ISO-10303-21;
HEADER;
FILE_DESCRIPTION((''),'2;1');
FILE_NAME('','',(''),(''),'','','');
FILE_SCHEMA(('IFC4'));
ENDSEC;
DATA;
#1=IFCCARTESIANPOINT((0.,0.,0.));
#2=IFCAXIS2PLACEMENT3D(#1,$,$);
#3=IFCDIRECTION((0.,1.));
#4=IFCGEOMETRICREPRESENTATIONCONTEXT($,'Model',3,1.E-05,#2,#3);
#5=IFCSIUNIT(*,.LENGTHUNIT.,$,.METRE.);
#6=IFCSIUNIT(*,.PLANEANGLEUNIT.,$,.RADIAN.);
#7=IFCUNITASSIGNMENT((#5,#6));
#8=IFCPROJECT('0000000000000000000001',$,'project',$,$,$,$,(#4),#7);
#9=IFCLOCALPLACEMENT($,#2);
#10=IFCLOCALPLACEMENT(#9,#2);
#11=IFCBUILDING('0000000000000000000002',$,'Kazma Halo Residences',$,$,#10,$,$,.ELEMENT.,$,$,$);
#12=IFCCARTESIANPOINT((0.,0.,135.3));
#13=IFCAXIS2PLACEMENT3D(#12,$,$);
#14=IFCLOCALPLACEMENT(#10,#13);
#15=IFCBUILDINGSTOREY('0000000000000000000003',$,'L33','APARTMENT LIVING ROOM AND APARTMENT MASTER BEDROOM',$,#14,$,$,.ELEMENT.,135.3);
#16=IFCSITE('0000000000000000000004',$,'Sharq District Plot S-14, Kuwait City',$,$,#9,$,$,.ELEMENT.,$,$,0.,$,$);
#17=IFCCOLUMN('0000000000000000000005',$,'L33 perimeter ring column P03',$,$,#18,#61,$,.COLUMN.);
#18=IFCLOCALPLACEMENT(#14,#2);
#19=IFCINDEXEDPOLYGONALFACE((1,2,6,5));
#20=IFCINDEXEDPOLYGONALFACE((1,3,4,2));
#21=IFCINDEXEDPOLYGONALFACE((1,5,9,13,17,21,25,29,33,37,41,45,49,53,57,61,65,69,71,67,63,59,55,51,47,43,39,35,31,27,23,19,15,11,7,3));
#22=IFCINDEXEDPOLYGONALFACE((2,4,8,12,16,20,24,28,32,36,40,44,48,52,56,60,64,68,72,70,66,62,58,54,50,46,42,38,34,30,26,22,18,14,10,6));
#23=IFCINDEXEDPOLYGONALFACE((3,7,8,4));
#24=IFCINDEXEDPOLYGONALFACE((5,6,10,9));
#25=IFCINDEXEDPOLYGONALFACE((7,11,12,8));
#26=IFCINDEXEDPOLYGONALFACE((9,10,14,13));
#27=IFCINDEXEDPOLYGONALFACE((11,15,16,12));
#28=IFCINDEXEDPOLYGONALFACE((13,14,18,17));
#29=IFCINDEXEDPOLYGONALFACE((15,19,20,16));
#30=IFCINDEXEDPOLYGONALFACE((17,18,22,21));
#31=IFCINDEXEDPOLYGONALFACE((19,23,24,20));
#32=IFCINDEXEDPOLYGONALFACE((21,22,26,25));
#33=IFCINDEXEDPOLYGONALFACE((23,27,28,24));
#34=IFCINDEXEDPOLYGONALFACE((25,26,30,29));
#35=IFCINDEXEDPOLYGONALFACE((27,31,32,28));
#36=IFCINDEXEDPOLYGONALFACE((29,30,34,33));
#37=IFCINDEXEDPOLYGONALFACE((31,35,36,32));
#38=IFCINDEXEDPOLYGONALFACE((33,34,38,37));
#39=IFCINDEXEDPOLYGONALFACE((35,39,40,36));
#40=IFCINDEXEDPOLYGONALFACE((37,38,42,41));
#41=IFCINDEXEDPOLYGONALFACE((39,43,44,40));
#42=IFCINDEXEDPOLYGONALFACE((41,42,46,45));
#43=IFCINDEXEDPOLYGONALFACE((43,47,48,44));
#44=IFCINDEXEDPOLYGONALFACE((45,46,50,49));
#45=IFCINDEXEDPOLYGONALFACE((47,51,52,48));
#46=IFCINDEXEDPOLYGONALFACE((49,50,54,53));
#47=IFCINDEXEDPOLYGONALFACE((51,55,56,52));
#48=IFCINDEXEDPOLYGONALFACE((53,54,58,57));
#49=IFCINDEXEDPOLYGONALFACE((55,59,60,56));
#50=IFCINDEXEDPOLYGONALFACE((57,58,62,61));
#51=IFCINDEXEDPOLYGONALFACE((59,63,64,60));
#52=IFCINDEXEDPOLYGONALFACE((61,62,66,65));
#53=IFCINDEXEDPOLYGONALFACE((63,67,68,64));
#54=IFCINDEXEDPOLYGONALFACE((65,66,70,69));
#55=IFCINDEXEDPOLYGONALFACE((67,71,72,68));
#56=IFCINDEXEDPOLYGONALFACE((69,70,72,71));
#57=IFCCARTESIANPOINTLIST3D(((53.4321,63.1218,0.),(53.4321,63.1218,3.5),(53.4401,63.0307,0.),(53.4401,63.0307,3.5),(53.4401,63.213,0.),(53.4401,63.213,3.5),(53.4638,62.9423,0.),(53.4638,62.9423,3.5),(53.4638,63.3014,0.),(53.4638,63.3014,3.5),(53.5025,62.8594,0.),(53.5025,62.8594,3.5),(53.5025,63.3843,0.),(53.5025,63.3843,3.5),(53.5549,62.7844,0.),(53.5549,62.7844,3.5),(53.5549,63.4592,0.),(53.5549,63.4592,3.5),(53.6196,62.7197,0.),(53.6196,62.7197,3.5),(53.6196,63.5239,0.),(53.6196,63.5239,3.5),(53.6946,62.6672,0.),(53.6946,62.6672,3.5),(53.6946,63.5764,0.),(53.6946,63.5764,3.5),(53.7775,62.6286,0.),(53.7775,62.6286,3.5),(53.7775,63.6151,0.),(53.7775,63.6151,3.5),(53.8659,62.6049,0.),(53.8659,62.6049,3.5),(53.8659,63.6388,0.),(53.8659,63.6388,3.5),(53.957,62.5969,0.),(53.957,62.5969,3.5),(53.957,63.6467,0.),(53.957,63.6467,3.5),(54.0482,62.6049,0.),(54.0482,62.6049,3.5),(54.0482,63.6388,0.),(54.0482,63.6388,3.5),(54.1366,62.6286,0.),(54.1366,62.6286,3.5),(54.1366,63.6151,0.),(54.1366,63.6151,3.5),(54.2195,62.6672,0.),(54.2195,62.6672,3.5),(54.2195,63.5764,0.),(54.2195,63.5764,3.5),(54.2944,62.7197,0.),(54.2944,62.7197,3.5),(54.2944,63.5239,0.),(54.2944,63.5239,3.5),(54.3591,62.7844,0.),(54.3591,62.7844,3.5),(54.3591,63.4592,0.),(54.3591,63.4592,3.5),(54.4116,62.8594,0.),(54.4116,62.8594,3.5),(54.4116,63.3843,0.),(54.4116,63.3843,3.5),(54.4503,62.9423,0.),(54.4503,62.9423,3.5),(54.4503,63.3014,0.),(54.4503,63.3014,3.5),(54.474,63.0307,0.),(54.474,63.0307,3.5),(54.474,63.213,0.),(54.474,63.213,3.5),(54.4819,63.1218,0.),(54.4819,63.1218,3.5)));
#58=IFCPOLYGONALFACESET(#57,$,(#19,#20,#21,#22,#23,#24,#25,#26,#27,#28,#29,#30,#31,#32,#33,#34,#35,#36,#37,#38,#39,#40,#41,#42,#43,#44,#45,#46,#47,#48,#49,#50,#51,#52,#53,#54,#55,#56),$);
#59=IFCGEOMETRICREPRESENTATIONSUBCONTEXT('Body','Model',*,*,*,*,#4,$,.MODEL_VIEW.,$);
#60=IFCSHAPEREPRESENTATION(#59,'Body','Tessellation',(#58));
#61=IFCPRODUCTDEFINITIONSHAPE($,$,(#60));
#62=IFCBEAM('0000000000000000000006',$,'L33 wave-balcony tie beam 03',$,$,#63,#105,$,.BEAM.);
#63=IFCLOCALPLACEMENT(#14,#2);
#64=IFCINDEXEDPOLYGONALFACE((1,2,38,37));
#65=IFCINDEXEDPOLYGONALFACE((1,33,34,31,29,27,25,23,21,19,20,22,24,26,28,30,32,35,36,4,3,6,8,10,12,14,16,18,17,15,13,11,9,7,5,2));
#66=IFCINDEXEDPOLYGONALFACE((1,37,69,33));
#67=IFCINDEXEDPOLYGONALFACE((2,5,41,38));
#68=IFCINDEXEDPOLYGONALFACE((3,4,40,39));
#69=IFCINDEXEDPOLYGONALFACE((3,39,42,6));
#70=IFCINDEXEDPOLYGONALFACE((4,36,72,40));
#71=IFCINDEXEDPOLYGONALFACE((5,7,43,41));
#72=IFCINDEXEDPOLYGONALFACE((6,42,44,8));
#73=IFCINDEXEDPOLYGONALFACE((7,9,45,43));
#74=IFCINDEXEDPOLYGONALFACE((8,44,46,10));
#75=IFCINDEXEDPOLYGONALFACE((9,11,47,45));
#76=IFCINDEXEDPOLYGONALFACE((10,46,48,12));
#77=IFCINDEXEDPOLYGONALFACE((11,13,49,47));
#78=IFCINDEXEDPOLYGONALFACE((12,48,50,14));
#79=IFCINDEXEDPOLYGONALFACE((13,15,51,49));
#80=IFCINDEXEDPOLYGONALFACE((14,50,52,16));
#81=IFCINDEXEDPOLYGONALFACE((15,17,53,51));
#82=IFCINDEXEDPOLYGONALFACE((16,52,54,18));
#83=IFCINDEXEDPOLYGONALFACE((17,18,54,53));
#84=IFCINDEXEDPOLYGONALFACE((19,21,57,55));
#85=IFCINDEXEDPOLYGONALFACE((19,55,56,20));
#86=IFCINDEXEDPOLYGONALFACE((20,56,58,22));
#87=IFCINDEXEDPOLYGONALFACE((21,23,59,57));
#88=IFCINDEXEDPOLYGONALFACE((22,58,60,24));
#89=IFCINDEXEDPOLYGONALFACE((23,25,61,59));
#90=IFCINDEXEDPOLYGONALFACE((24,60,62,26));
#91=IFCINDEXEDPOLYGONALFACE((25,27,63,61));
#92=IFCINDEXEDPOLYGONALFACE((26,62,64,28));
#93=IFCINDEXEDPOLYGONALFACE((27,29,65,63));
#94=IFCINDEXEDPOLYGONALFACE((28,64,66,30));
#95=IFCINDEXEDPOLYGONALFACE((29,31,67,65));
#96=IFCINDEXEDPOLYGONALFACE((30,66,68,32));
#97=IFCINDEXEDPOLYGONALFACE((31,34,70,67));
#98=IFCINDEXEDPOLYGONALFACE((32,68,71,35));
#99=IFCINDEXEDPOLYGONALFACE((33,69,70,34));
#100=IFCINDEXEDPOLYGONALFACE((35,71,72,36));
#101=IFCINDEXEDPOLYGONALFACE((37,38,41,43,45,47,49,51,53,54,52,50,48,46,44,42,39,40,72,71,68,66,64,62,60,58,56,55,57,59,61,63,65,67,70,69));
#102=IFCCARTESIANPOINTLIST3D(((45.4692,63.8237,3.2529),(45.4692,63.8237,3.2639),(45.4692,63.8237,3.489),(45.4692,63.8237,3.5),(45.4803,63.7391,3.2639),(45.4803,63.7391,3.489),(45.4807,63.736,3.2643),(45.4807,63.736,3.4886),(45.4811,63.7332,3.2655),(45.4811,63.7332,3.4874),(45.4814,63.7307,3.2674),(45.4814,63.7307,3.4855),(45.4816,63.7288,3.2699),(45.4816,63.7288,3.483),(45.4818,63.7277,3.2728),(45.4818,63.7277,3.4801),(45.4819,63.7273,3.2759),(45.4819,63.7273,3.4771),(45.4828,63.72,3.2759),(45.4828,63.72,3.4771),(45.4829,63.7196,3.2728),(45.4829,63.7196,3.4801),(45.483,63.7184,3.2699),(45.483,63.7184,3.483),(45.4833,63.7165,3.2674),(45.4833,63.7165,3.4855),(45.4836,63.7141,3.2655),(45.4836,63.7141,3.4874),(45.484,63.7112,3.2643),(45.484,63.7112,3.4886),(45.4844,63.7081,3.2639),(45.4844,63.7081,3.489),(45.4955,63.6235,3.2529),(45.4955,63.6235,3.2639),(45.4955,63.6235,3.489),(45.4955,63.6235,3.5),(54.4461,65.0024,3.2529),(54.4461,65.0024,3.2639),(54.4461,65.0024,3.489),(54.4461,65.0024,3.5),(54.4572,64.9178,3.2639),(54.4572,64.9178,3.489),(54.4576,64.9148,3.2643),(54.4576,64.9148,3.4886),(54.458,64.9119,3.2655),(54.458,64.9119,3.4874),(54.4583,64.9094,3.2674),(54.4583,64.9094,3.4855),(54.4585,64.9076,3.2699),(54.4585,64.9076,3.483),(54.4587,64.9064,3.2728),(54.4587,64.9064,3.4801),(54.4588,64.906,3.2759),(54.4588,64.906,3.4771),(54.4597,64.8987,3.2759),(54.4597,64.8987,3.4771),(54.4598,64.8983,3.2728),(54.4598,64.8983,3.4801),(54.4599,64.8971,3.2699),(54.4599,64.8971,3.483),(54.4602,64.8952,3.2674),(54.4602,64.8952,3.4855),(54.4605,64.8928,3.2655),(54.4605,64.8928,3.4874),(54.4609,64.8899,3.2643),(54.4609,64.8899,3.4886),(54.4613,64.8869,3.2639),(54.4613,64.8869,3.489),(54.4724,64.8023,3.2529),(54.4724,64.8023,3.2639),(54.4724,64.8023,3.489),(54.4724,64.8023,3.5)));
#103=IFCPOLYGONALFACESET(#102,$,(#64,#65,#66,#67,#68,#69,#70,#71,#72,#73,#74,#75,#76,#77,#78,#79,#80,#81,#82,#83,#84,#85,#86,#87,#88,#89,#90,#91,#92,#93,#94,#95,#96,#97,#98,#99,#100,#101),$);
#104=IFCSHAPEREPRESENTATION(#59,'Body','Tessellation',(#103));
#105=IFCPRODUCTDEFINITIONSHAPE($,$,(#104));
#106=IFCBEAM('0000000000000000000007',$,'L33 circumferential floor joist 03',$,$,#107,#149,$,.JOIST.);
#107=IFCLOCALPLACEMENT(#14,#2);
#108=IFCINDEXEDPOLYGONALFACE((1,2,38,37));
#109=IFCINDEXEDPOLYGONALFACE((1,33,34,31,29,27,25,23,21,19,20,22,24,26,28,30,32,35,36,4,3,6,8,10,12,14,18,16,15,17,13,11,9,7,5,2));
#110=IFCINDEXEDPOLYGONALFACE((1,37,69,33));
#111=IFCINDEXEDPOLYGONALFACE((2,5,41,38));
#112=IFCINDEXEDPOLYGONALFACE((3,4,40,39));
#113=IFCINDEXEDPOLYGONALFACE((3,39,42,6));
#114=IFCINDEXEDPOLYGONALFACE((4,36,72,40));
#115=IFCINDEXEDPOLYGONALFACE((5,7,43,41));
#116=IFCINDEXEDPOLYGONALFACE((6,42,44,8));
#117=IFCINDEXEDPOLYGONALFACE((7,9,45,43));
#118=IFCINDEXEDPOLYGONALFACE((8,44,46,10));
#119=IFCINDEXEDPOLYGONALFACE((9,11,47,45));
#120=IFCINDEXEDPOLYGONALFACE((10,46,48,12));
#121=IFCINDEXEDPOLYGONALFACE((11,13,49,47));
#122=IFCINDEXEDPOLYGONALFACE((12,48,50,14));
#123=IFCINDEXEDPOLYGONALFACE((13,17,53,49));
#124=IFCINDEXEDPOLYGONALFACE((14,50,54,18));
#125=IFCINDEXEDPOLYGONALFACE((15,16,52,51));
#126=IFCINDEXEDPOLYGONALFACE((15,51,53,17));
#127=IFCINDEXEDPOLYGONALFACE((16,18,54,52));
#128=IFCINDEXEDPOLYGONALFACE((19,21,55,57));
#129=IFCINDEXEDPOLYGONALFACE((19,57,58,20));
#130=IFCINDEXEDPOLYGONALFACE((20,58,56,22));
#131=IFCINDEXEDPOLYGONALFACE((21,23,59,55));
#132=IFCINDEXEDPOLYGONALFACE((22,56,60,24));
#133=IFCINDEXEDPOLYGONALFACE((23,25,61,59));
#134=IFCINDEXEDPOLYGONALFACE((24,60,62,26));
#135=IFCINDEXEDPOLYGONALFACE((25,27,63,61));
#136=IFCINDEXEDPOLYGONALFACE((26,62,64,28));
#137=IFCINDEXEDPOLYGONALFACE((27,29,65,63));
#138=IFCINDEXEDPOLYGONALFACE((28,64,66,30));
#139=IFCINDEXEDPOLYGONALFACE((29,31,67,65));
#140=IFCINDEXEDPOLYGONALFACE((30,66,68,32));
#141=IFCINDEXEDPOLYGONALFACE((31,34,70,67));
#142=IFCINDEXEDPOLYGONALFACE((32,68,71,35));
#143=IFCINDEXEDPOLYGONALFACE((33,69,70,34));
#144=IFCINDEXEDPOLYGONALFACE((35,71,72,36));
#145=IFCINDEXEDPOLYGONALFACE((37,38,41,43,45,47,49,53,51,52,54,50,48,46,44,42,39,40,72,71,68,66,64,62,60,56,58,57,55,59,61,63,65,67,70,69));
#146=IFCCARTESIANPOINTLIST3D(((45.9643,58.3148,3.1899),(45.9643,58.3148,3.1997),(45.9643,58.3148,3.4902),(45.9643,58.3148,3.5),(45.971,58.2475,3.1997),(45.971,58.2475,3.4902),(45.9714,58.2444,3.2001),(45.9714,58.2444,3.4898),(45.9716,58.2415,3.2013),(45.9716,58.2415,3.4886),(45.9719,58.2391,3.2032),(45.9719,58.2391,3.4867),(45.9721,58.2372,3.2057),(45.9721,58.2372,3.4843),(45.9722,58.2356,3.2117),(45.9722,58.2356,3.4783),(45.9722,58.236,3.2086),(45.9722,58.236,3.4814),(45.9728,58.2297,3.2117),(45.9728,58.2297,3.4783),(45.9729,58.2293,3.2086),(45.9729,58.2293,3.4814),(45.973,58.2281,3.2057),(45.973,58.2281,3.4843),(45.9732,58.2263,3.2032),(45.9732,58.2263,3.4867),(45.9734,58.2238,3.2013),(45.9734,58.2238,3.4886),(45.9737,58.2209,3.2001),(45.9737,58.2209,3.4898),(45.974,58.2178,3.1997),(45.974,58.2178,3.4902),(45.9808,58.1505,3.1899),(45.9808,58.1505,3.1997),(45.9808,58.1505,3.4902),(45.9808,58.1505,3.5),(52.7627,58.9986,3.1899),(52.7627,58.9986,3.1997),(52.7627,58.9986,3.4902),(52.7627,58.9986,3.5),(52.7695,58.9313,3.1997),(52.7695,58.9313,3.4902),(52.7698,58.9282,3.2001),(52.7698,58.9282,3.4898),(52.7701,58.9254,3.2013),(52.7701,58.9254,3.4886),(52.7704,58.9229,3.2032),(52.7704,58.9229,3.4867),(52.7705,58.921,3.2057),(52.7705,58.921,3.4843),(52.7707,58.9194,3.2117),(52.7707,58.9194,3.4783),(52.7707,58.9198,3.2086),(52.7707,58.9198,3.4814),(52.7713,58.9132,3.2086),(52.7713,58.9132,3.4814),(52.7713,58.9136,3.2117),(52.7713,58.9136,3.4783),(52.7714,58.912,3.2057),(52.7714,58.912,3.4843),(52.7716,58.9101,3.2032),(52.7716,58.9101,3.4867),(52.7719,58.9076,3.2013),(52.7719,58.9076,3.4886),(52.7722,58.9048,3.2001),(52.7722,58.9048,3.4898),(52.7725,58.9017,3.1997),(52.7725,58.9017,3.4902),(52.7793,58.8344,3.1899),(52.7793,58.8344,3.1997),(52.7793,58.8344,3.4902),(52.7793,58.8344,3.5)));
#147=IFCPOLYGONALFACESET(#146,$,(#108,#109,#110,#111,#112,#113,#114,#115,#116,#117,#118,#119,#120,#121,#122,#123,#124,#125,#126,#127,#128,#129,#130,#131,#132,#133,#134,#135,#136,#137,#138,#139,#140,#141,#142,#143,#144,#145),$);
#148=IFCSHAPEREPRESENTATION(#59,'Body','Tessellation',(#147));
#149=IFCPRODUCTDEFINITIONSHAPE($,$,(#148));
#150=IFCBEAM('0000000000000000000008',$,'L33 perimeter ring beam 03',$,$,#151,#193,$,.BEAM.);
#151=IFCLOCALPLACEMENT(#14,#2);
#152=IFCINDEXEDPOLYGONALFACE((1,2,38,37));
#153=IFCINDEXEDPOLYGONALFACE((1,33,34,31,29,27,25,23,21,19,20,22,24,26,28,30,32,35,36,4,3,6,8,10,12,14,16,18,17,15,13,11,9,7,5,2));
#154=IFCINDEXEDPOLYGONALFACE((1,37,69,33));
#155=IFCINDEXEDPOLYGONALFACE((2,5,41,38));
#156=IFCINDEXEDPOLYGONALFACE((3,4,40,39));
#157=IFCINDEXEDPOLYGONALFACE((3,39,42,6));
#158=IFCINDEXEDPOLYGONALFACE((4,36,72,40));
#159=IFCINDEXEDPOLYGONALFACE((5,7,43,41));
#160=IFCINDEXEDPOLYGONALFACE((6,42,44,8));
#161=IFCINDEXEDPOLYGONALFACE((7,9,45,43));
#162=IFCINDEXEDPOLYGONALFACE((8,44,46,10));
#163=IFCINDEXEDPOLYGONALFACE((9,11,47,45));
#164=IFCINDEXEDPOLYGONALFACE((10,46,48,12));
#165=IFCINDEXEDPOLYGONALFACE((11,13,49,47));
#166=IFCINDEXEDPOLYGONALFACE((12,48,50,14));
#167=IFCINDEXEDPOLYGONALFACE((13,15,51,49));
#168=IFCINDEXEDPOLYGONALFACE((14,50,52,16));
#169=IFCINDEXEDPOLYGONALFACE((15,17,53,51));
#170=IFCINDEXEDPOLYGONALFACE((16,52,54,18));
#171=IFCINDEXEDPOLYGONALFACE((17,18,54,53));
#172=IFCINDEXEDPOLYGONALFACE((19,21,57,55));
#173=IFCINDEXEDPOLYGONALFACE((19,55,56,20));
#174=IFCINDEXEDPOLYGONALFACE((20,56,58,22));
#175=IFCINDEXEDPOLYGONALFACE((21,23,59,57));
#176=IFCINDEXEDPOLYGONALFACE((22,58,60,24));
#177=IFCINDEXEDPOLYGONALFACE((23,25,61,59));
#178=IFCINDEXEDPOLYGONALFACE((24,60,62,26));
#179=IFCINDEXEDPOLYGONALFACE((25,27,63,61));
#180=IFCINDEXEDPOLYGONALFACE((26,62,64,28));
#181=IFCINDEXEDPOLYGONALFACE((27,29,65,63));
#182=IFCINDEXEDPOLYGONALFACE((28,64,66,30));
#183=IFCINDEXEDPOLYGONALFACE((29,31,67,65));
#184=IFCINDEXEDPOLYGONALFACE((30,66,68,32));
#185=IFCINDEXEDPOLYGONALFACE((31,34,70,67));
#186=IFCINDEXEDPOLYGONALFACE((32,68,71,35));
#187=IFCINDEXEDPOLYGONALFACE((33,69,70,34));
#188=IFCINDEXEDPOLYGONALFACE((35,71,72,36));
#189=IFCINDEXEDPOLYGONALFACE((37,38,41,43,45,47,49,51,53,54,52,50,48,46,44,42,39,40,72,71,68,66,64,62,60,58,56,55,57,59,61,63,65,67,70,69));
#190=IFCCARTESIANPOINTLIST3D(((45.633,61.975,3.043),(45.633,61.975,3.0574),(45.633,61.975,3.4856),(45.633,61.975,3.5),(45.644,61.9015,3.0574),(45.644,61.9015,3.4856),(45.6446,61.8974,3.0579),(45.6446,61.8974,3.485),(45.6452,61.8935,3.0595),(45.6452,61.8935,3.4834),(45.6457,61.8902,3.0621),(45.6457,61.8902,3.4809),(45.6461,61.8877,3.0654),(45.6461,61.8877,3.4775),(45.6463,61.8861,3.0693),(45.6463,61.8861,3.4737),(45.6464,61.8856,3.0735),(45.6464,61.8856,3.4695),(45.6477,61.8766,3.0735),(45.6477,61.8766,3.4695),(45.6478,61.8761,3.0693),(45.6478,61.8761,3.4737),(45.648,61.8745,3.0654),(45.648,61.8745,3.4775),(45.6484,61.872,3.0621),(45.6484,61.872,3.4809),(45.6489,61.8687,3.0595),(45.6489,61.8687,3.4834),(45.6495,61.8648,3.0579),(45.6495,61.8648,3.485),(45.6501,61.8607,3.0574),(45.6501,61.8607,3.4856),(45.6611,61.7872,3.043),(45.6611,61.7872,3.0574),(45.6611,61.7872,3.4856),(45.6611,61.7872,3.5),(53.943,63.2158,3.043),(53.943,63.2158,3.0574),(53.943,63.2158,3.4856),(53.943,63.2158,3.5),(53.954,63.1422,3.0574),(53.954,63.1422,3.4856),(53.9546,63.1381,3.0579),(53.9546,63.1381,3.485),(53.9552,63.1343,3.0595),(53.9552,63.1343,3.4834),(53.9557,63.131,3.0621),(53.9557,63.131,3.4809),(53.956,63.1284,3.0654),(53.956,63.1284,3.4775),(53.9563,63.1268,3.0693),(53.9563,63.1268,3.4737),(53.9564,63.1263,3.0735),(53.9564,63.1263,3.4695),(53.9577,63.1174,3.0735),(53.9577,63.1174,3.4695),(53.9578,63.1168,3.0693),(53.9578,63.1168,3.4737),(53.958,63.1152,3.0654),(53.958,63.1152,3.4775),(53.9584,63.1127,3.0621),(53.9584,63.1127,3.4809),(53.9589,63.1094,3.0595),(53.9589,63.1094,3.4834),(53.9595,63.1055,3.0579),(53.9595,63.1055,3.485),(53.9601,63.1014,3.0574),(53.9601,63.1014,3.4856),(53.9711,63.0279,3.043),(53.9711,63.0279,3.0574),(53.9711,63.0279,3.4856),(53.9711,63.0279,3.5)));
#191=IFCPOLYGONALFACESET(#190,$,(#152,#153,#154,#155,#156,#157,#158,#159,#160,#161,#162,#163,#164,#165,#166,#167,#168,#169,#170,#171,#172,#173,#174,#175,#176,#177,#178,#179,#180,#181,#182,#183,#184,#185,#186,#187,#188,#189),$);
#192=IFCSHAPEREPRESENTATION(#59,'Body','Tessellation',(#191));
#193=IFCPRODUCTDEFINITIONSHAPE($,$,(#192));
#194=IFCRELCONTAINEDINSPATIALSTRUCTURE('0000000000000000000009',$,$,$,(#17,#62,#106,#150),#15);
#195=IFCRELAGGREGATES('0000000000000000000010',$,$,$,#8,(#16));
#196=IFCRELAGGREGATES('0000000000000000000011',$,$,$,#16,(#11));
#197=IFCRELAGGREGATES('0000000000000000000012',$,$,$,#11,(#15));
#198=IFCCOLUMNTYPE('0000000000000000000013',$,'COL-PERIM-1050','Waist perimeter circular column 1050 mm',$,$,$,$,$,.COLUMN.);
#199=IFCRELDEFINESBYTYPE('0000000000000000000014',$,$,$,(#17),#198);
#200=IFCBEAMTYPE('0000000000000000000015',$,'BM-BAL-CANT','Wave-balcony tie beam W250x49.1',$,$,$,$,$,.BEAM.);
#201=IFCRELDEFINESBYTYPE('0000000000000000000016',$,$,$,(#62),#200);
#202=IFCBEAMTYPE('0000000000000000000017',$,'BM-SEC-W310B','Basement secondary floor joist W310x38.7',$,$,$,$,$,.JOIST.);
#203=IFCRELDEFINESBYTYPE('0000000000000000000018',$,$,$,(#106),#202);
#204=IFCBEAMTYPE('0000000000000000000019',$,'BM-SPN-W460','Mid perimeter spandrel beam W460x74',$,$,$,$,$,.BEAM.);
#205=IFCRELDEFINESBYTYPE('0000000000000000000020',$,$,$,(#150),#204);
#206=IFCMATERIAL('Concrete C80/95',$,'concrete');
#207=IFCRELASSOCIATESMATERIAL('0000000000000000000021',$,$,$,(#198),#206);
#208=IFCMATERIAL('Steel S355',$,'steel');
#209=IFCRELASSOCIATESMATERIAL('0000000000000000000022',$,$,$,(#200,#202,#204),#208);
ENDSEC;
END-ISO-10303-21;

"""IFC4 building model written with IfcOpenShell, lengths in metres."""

from ifc_helpers import new_model, si_unit, direction, frame, origin, origin_2d, place, context, subcontext, project, spatial, circle, i_section, extrude, material, material_profile, profile_set, type_object, element, save


model = new_model("IFC4")

# Units and contexts
model_context = context("Model", 3, precision=1e-05, world=origin(), true_north=direction((0.0, 1.0)))
body_context = subcontext(model_context, "Body", "Model", "MODEL_VIEW")
ifc_project = project(units=[si_unit("LENGTHUNIT", "METRE"), si_unit("PLANEANGLEUNIT", "RADIAN")], contexts=[model_context])

# Site, building, storey
site_placement = place(None, origin())
site = spatial("IfcSite", under=ifc_project, at=site_placement, Name="Sharq District Plot S-14, Kuwait City", CompositionType="ELEMENT", RefElevation=0.0)
building_placement = place(site_placement, origin())
building = spatial("IfcBuilding", under=site, at=building_placement, Name="Kazma Halo Residences", CompositionType="ELEMENT")
storey_placement = place(building_placement, frame((0.0, 0.0, 135.3)))
storey = spatial("IfcBuildingStorey", under=building, at=storey_placement, Name="L33", Description="APARTMENT LIVING ROOM AND APARTMENT MASTER BEDROOM", CompositionType="ELEMENT", Elevation=135.3)

# Column
ifc_material_1 = material(Name="Concrete C80/95", Category="concrete")
ifc_material_profile_1 = material_profile(ifc_material_1, circle(Radius=0.5249, at=origin_2d()), Name="CIRC1050")
ifc_profile_set_1 = profile_set([ifc_material_profile_1], Name="Concrete C80/95")
column_type = type_object("IfcColumnType", Name="COL-PERIM-1050", Description="Waist perimeter circular column 1050 mm", PredefinedType="COLUMN", material=ifc_profile_set_1)
column_placement = place(storey_placement, frame((53.957, 63.1218, 0.0), z_axis=(0.0, 0.0, 1.0), x_axis=(1.0, 0.0, 0.0)))
element("IfcColumn", 1, at=column_placement, inside=storey, type_object=column_type, Name="L33 perimeter ring column P03", PredefinedType="COLUMN", context=body_context, shape_type="SweptSolid", body=[
    extrude(circle(Radius=0.5249, at=origin_2d()), origin(), (0.0, 0.0, 1.0), 3.5),
])

# Beams
ifc_material_2 = material(Name="Steel S355", Category="steel")
ifc_material_profile_2 = material_profile(ifc_material_2, i_section(OverallWidth=0.2019, OverallDepth=0.2471, WebThickness=0.0073, FlangeThickness=0.011, FilletRadius=0.012, at=origin_2d()), Name="W250x49.1")
ifc_profile_set_2 = profile_set([ifc_material_profile_2], Name="Steel S355")
beam_type_1 = type_object("IfcBeamType", Name="BM-BAL-CANT", Description="Wave-balcony tie beam W250x49.1", PredefinedType="BEAM", material=ifc_profile_set_2)
beam_1_placement = place(storey_placement, frame((54.4592, 64.9023, 3.3765), z_axis=(-0.991489, -0.130189, 0.0), x_axis=(0.130189, -0.991489, 0.0)))
element("IfcBeam", 2, at=beam_1_placement, inside=storey, type_object=beam_type_1, Name="L33 wave-balcony tie beam 03", PredefinedType="BEAM", context=body_context, shape_type="SweptSolid", body=[
    extrude(i_section(OverallWidth=0.2019, OverallDepth=0.2471, WebThickness=0.0073, FlangeThickness=0.011, FilletRadius=0.012, at=origin_2d()), origin(), (0.0, 0.0, 1.0), 9.054),
])
ifc_material_profile_3 = material_profile(ifc_material_2, i_section(OverallWidth=0.165, OverallDepth=0.3101, WebThickness=0.0059, FlangeThickness=0.0098, FilletRadius=0.012, at=origin_2d()), Name="W310x38.7")
ifc_profile_set_3 = profile_set([ifc_material_profile_3], Name="Steel S355")
beam_type_2 = type_object("IfcBeamType", Name="BM-SEC-W310B", Description="Basement secondary floor joist W310x38.7", PredefinedType="JOIST", material=ifc_profile_set_3)
beam_2_placement = place(storey_placement, frame((52.771, 58.9165, 3.345), z_axis=(-0.994979, -0.100084, 0.0), x_axis=(0.100084, -0.994979, 0.0)))
element("IfcBeam", 3, at=beam_2_placement, inside=storey, type_object=beam_type_2, Name="L33 circumferential floor joist 03", PredefinedType="JOIST", context=body_context, shape_type="SweptSolid", body=[
    extrude(i_section(OverallWidth=0.165, OverallDepth=0.3101, WebThickness=0.0059, FlangeThickness=0.0098, FilletRadius=0.012, at=origin_2d()), origin(), (0.0, 0.0, 1.0), 6.8328),
])
ifc_material_profile_4 = material_profile(ifc_material_2, i_section(OverallWidth=0.1899, OverallDepth=0.457, WebThickness=0.009, FlangeThickness=0.0144, FilletRadius=0.0161, at=origin_2d()), Name="W460x74")
ifc_profile_set_4 = profile_set([ifc_material_profile_4], Name="Steel S355")
beam_type_3 = type_object("IfcBeamType", Name="BM-SPN-W460", Description="Mid perimeter spandrel beam W460x74", PredefinedType="BEAM", material=ifc_profile_set_4)
beam_3_placement = place(storey_placement, frame((53.957, 63.1218, 3.2715), z_axis=(-0.989037, -0.147667, 0.0), x_axis=(0.147667, -0.989037, 0.0)))
element("IfcBeam", 4, at=beam_3_placement, inside=storey, type_object=beam_type_3, Name="L33 perimeter ring beam 03", PredefinedType="BEAM", context=body_context, shape_type="SweptSolid", body=[
    extrude(i_section(OverallWidth=0.1899, OverallDepth=0.457, WebThickness=0.009, FlangeThickness=0.0144, FilletRadius=0.0161, at=origin_2d()), origin(), (0.0, 0.0, 1.0), 8.4021),
])

save(model, "model.ifc")
